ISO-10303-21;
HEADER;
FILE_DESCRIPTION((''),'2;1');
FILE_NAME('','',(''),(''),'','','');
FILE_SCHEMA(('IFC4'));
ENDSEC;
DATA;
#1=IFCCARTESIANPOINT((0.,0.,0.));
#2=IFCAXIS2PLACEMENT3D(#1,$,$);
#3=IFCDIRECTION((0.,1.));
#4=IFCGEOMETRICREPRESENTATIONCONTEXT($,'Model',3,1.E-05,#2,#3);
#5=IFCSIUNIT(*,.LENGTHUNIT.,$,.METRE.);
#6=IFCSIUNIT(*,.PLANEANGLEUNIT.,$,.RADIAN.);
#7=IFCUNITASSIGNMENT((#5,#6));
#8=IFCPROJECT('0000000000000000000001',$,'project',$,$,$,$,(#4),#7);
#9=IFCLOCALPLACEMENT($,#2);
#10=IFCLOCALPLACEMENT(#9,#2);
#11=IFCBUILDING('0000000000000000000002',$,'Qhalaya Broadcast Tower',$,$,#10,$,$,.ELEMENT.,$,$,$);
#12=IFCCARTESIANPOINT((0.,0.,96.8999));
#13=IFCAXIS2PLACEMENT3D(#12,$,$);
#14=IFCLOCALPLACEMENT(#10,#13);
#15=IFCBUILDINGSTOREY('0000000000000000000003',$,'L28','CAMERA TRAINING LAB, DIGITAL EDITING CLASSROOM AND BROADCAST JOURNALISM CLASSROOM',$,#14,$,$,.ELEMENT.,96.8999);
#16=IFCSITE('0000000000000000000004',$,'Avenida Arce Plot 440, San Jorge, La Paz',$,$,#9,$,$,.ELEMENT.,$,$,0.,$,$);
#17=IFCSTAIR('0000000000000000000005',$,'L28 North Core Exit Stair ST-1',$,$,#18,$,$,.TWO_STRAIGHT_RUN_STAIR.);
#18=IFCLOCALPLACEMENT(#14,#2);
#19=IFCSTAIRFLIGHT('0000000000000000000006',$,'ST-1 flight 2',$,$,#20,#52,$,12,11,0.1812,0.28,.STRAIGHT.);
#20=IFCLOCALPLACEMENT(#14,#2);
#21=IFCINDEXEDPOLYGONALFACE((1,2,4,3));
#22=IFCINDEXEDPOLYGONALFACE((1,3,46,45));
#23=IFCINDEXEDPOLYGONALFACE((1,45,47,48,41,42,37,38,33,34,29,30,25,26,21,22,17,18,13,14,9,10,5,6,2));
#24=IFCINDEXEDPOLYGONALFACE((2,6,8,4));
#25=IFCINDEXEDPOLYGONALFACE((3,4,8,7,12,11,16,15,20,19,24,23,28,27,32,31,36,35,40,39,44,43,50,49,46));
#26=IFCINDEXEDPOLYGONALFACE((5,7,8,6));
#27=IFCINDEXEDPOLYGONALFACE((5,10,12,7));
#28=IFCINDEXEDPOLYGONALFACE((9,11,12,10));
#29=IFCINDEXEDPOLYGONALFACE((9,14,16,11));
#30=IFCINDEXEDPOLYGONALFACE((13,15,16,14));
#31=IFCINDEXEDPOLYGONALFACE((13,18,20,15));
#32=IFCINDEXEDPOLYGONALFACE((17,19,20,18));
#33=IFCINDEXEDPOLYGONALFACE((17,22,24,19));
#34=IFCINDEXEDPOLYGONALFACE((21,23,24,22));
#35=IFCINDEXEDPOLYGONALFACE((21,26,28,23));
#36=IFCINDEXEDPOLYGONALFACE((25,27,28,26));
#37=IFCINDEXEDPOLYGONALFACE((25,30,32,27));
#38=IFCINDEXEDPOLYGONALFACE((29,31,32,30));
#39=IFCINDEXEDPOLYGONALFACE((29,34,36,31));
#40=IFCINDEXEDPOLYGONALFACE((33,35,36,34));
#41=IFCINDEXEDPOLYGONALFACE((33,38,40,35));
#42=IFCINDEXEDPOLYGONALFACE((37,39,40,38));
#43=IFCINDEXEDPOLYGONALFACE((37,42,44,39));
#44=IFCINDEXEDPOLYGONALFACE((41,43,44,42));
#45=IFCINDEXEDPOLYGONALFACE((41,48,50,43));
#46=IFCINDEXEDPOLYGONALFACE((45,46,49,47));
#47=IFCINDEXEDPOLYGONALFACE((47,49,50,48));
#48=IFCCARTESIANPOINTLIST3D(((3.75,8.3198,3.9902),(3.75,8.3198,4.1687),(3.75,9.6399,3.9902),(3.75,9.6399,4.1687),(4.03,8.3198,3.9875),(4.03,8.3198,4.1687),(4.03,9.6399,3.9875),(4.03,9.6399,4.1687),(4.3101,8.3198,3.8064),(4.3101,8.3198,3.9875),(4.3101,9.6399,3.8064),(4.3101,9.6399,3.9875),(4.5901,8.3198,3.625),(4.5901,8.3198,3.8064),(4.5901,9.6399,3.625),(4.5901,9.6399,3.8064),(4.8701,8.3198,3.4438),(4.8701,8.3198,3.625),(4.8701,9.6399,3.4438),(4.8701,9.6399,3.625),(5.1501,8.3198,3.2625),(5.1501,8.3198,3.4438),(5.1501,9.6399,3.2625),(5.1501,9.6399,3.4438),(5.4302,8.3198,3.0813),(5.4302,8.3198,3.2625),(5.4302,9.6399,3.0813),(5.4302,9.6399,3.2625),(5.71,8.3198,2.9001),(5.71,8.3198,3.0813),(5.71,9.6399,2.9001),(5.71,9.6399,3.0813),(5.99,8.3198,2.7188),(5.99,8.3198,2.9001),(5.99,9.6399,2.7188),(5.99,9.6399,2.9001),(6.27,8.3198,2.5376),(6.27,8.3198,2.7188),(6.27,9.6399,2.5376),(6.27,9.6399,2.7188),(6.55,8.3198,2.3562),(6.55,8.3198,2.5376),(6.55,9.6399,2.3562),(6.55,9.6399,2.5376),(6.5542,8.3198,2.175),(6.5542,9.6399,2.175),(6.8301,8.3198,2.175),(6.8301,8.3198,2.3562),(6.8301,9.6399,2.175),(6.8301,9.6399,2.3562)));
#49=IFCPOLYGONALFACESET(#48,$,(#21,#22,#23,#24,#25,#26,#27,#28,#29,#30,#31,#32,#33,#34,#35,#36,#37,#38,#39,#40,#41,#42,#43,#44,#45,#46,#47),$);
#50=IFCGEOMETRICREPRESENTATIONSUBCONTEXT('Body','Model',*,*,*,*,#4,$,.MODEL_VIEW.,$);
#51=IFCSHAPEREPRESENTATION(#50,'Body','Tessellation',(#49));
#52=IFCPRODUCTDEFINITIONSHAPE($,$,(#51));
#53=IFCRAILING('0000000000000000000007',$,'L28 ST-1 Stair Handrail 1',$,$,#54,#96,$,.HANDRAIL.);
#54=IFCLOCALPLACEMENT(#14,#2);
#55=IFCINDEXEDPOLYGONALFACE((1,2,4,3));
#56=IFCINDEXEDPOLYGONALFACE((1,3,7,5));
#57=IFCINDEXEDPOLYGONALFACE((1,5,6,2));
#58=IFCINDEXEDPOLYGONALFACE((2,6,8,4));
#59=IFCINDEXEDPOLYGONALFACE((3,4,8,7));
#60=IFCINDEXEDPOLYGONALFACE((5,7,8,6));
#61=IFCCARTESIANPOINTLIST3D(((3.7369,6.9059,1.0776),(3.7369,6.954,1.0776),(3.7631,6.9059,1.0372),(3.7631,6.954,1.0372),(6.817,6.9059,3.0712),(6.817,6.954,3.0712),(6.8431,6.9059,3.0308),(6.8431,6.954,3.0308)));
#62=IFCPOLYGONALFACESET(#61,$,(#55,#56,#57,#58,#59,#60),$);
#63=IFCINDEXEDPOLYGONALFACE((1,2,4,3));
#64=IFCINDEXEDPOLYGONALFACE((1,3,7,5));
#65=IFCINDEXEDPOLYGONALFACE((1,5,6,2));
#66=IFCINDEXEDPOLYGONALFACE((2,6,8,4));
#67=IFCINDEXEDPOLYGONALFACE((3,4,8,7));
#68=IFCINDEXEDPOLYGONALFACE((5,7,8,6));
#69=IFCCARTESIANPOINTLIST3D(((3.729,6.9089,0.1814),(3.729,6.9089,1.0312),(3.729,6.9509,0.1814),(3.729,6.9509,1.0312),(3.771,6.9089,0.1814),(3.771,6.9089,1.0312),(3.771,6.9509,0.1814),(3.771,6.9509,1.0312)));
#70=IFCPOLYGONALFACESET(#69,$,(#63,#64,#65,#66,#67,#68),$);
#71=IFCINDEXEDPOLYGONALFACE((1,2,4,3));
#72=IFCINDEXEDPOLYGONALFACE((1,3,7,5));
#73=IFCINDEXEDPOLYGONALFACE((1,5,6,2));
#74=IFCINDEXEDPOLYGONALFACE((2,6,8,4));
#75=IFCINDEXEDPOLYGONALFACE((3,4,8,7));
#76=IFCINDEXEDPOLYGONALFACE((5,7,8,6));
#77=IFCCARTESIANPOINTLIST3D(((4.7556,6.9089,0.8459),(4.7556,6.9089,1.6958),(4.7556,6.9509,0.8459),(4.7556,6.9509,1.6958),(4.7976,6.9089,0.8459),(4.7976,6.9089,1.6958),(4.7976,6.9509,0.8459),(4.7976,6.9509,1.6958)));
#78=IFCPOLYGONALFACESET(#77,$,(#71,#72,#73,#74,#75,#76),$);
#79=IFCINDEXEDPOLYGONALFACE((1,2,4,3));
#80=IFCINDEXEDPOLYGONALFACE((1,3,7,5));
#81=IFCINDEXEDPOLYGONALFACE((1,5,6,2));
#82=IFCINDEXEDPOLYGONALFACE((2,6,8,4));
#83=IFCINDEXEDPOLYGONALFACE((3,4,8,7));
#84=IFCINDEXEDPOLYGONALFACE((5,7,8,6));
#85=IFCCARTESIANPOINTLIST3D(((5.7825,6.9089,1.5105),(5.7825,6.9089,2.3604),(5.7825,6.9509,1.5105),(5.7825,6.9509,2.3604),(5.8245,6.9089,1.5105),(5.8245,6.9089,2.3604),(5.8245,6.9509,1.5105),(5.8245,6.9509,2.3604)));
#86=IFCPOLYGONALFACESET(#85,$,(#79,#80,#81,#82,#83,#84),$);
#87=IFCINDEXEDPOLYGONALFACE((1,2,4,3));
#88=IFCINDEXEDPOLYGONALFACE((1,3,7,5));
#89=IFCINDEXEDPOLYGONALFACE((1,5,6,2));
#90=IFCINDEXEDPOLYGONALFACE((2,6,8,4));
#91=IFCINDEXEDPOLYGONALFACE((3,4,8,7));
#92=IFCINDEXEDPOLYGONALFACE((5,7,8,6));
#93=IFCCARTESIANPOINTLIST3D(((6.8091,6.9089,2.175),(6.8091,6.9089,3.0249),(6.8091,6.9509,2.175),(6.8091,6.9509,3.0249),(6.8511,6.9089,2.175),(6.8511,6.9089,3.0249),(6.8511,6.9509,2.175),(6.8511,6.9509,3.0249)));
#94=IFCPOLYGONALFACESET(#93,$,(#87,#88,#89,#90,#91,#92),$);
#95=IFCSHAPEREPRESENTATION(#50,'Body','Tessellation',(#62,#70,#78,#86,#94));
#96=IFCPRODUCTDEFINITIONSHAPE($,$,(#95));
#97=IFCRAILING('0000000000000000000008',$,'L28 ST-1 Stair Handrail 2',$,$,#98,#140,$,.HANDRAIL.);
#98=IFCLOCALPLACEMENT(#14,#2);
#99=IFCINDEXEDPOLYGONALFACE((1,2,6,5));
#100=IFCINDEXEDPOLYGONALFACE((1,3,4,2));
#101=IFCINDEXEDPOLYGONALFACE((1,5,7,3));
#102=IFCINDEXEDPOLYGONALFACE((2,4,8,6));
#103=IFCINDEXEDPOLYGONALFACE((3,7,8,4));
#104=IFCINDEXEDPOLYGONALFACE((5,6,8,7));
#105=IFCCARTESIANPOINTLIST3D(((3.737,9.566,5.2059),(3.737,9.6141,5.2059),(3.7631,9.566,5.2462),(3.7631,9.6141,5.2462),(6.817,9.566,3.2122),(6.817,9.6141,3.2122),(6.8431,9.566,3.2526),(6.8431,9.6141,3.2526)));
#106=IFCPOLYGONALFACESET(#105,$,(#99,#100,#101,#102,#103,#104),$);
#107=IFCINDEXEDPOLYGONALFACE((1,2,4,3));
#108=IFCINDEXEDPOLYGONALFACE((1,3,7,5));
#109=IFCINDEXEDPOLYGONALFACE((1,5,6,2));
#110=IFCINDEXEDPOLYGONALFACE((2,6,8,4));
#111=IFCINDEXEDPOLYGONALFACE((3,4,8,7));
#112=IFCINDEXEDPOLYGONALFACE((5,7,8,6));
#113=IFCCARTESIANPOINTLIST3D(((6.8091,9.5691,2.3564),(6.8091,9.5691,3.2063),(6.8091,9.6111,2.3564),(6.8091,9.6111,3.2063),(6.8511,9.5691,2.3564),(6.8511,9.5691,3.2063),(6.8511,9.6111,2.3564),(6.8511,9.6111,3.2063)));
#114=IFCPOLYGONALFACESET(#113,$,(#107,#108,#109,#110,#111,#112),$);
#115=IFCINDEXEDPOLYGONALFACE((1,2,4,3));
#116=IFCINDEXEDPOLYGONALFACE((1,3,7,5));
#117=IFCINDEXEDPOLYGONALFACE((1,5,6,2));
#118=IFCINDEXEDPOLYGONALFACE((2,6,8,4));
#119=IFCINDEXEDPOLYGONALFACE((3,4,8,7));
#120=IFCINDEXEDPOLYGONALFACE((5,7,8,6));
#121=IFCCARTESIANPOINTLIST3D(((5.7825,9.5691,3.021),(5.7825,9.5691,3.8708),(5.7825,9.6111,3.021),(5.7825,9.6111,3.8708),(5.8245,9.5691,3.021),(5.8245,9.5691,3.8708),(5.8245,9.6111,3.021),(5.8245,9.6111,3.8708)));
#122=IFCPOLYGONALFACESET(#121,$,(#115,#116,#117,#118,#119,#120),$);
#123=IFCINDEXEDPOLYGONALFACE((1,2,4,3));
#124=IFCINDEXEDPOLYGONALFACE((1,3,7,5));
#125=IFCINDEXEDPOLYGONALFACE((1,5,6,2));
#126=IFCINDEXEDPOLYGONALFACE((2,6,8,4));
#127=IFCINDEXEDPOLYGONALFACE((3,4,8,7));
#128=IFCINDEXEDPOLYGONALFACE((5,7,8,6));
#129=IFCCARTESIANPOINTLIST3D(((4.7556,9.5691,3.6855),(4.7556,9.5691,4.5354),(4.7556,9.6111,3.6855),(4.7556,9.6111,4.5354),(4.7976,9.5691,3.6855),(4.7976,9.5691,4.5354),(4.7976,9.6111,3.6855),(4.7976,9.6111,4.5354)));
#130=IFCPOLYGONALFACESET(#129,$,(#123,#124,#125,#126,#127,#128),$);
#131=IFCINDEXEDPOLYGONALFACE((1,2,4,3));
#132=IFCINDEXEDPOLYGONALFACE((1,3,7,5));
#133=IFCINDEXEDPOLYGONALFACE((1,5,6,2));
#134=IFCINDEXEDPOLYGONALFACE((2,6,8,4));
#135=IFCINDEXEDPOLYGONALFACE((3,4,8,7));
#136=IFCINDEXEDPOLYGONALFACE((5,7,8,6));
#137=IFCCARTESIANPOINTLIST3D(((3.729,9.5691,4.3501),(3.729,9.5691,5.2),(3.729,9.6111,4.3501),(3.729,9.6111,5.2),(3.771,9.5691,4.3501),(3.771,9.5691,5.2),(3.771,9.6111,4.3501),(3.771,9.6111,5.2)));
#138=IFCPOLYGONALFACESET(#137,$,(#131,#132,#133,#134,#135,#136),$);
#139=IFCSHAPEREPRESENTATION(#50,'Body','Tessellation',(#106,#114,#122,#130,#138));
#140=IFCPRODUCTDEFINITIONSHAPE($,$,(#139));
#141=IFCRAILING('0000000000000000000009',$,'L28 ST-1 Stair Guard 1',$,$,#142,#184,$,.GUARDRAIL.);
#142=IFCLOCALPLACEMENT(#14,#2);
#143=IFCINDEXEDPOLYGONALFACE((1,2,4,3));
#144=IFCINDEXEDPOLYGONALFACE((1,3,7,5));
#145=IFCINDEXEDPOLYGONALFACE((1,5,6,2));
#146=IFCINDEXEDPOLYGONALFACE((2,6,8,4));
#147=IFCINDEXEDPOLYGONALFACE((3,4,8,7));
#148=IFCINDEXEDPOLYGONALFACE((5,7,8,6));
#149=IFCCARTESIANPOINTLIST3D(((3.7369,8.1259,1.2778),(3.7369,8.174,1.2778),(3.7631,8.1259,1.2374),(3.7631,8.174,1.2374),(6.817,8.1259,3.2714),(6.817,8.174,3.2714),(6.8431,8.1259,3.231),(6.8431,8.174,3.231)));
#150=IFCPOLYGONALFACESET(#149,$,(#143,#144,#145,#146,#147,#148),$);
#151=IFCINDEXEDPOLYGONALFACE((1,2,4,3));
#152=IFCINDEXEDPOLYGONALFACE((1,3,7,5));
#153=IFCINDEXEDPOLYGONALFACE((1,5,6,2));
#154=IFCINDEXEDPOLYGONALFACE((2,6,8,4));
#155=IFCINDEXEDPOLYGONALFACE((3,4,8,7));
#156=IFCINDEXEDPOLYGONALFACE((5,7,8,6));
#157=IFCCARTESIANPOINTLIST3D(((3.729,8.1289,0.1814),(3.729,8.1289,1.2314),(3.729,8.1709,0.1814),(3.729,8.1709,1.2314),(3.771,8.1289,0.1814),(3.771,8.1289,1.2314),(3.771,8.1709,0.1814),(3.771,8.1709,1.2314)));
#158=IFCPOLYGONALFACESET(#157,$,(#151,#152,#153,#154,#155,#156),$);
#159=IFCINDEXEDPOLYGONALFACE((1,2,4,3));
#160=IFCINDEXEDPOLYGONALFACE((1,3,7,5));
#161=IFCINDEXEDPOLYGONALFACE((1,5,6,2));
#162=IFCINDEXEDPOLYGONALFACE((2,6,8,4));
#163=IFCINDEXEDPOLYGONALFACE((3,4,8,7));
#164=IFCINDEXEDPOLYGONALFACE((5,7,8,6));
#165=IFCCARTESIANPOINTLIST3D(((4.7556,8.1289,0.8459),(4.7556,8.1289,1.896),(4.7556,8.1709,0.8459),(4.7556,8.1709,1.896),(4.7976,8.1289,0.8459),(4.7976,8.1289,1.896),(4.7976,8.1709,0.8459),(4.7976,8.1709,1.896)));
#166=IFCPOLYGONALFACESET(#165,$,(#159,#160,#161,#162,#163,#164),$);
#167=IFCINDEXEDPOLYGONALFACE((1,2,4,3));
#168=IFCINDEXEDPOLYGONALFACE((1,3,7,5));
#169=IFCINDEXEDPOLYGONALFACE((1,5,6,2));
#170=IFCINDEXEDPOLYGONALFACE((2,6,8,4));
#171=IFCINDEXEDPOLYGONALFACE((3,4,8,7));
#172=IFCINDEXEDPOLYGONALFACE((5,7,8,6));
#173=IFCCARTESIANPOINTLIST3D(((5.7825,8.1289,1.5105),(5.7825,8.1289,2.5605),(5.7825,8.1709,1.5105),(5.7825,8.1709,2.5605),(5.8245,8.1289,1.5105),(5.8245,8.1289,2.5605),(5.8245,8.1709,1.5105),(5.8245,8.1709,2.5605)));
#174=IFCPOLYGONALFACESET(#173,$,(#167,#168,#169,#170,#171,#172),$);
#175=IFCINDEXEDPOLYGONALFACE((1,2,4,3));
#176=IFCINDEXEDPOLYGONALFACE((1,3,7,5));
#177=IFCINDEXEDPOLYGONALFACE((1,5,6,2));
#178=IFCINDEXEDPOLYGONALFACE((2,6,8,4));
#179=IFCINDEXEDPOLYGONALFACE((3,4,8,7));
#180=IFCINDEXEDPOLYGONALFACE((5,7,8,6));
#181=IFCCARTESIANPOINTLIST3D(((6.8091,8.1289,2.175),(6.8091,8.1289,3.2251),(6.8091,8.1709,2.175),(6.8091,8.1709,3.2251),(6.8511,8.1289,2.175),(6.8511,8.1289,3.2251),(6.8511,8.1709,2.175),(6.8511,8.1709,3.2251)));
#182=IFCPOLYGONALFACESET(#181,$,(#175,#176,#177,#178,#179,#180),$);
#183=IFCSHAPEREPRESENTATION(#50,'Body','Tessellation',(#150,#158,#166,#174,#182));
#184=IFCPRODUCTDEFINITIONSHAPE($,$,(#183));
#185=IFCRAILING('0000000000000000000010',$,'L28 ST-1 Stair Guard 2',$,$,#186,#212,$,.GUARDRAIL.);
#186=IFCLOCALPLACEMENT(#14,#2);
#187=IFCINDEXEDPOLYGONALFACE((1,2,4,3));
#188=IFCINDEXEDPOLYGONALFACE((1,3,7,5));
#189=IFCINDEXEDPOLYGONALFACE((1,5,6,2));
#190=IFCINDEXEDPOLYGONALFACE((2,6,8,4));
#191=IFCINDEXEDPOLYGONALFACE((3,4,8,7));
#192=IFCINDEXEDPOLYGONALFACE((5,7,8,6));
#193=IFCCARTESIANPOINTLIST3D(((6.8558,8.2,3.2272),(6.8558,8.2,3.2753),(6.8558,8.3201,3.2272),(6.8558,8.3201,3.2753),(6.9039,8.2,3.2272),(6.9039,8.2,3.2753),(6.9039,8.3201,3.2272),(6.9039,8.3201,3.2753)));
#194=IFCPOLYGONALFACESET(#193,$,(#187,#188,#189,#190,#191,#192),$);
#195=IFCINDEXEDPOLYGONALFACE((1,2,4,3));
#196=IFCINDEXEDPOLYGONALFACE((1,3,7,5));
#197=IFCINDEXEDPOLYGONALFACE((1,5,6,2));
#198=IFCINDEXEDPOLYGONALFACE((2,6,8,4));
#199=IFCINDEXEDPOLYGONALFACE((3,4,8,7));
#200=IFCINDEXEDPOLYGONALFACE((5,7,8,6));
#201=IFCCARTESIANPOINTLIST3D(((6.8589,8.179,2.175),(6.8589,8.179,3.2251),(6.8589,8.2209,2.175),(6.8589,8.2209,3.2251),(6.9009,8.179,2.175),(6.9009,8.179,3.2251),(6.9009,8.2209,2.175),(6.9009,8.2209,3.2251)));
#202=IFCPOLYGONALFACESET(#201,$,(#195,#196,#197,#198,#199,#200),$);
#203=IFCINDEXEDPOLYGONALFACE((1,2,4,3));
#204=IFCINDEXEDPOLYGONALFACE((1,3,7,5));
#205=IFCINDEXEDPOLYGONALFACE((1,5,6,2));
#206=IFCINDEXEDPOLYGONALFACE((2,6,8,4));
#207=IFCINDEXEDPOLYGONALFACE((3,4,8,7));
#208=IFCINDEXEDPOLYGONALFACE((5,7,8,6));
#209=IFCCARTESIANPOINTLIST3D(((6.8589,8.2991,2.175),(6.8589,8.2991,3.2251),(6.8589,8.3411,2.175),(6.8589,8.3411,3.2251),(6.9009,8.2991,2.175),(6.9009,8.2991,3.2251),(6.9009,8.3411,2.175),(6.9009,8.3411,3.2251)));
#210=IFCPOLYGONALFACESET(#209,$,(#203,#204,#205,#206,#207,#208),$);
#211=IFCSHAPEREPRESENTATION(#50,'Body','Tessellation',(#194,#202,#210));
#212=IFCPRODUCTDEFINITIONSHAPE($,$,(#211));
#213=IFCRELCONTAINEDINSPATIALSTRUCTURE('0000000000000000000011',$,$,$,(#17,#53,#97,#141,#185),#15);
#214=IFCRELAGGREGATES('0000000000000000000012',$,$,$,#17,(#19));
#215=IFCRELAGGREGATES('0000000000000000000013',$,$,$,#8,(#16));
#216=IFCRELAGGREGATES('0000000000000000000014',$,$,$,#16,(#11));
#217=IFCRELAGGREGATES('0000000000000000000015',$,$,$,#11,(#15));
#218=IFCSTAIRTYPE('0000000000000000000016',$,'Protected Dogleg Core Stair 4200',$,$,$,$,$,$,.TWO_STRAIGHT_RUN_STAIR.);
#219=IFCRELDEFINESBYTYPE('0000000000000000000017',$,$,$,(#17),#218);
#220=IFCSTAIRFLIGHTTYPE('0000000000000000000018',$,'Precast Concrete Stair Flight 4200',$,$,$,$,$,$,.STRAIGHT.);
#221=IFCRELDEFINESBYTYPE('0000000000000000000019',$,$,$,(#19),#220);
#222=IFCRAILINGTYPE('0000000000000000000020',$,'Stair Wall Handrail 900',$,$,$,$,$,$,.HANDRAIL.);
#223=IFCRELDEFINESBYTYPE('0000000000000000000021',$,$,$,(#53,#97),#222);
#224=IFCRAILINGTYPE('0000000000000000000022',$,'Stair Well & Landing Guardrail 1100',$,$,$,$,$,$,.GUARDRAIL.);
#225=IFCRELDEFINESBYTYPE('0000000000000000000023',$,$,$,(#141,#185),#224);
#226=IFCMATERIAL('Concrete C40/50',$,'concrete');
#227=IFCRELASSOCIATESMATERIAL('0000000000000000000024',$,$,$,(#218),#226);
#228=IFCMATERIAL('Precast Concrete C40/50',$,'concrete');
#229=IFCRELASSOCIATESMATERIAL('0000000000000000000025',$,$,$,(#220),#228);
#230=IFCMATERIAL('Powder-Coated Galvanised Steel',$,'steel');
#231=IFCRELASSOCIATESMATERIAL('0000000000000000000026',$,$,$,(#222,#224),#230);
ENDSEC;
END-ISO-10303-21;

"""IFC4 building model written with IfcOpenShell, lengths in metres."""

from ifc_helpers import new_model, si_unit, direction, frame, origin, origin_2d, place, context, subcontext, project, spatial, polyline, rectangle, outline, extrude, material, type_object, element, aggregate, save


model = new_model("IFC4")

# Units and contexts
model_context = context("Model", 3, precision=1e-05, world=origin(), true_north=direction((0.0, 1.0)))
body_context = subcontext(model_context, "Body", "Model", "MODEL_VIEW")
ifc_project = project(units=[si_unit("LENGTHUNIT", "METRE"), si_unit("PLANEANGLEUNIT", "RADIAN")], contexts=[model_context])

# Site, building, storey
site_placement = place(None, origin())
site = spatial("IfcSite", under=ifc_project, at=site_placement, Name="Avenida Arce Plot 440, San Jorge, La Paz", CompositionType="ELEMENT", RefElevation=0.0)
building_placement = place(site_placement, origin())
building = spatial("IfcBuilding", under=site, at=building_placement, Name="Qhalaya Broadcast Tower", CompositionType="ELEMENT")
storey_placement = place(building_placement, frame((0.0, 0.0, 96.8999)))
storey = spatial("IfcBuildingStorey", under=building, at=storey_placement, Name="L28", Description="CAMERA TRAINING LAB, DIGITAL EDITING CLASSROOM AND BROADCAST JOURNALISM CLASSROOM", CompositionType="ELEMENT", Elevation=96.8999)

# Stair, stair flight
ifc_material_1 = material(Name="Concrete C40/50", Category="concrete")
stair_type = type_object("IfcStairType", Name="Protected Dogleg Core Stair 4200", PredefinedType="TWO_STRAIGHT_RUN_STAIR", material=ifc_material_1)
stair_placement = place(storey_placement, origin())
stair = element("IfcStair", 1, at=stair_placement, inside=storey, type_object=stair_type, Name="L28 North Core Exit Stair ST-1", PredefinedType="TWO_STRAIGHT_RUN_STAIR")
ifc_material_2 = material(Name="Precast Concrete C40/50", Category="concrete")
stair_flight_type = type_object("IfcStairFlightType", Name="Precast Concrete Stair Flight 4200", PredefinedType="STRAIGHT", material=ifc_material_2)
stair_flight_1_placement = place(storey_placement, frame((6.8301, 8.98, 2.175), z_axis=(0.0, 0.0, 1.0), x_axis=(-1.0, 0.0, 0.0)))
stair_flight_1 = element("IfcStairFlight", 2, at=stair_flight_1_placement, type_object=stair_flight_type, Name="ST-1 flight 2", NumberOfRisers=12, NumberOfTreads=11, PredefinedType="STRAIGHT", RiserHeight=0.1812, TreadLength=0.28, context=body_context, shape_type="SweptSolid", body=[
    extrude(outline(polyline([(0.0, 0.0), (0.0, 0.1812), (0.28, 0.1812), (0.28, 0.3625), (0.5601, 0.3625), (0.5601, 0.5437), (0.8401, 0.5437), (0.8401, 0.7251), (1.1201, 0.7251), (1.1201, 0.9062), (1.3999, 0.9062), (1.3999, 1.0874), (1.6799, 1.0874), (1.6799, 1.2688), (1.96, 1.2688), (1.96, 1.45), (2.24, 1.45), (2.24, 1.6313), (2.52, 1.6313), (2.52, 1.8125), (2.8, 1.8125), (2.8, 1.9937), (3.0801, 1.9937), (3.0801, 2.175), (3.0801, 1.8152), (0.2759, 0.0), (0.0, 0.0)])), frame((0.0, 0.6602, 0.0), z_axis=(0.0, -1.0, 0.0), x_axis=(1.0, 0.0, 0.0)), (0.0, 0.0, 1.0), 1.3201),
])
aggregate(stair, [stair_flight_1])

# Railings
ifc_material_3 = material(Name="Powder-Coated Galvanised Steel", Category="steel")
railing_type_1 = type_object("IfcRailingType", Name="Stair Wall Handrail 900", PredefinedType="HANDRAIL", material=ifc_material_3)
railing_1_placement = place(storey_placement, frame((3.75, 6.9299, 0.1814)))
element("IfcRailing", 3, at=railing_1_placement, inside=storey, type_object=railing_type_1, Name="L28 ST-1 Stair Handrail 1", PredefinedType="HANDRAIL", context=body_context, shape_type="SweptSolid", body=[
    extrude(rectangle(XDim=0.0481, YDim=0.0481, at=origin_2d()), frame((0.0, 0.0, 0.876), z_axis=(0.839488, 0.0, 0.543378), x_axis=(0.0, 1.0, 0.0)), (0.0, 0.0, 1.0), 3.6689),
    extrude(rectangle(XDim=0.042, YDim=0.042, at=origin_2d()), origin(), (0.0, 0.0, 1.0), 0.8499),
    extrude(rectangle(XDim=0.042, YDim=0.042, at=origin_2d()), frame((1.0266, 0.0, 0.6646)), (0.0, 0.0, 1.0), 0.8499),
    extrude(rectangle(XDim=0.042, YDim=0.042, at=origin_2d()), frame((2.0535, 0.0, 1.3291)), (0.0, 0.0, 1.0), 0.8499),
    extrude(rectangle(XDim=0.042, YDim=0.042, at=origin_2d()), frame((3.0801, 0.0, 1.9937)), (0.0, 0.0, 1.0), 0.8499),
])
railing_2_placement = place(storey_placement, frame((6.8301, 9.5901, 2.3564)))
element("IfcRailing", 4, at=railing_2_placement, inside=storey, type_object=railing_type_1, Name="L28 ST-1 Stair Handrail 2", PredefinedType="HANDRAIL", context=body_context, shape_type="SweptSolid", body=[
    extrude(rectangle(XDim=0.0481, YDim=0.0481, at=origin_2d()), frame((0.0, 0.0, 0.876), z_axis=(-0.839488, 0.0, 0.543378), x_axis=(0.0, -1.0, 0.0)), (0.0, 0.0, 1.0), 3.6689),
    extrude(rectangle(XDim=0.042, YDim=0.042, at=origin_2d()), origin(), (0.0, 0.0, 1.0), 0.8499),
    extrude(rectangle(XDim=0.042, YDim=0.042, at=origin_2d()), frame((-1.0266, 0.0, 0.6646)), (0.0, 0.0, 1.0), 0.8499),
    extrude(rectangle(XDim=0.042, YDim=0.042, at=origin_2d()), frame((-2.0535, 0.0, 1.3291)), (0.0, 0.0, 1.0), 0.8499),
    extrude(rectangle(XDim=0.042, YDim=0.042, at=origin_2d()), frame((-3.0801, 0.0, 1.9937)), (0.0, 0.0, 1.0), 0.8499),
])
railing_type_2 = type_object("IfcRailingType", Name="Stair Well & Landing Guardrail 1100", PredefinedType="GUARDRAIL", material=ifc_material_3)
railing_3_placement = place(storey_placement, frame((3.75, 8.1499, 0.1814)))
element("IfcRailing", 5, at=railing_3_placement, inside=storey, type_object=railing_type_2, Name="L28 ST-1 Stair Guard 1", PredefinedType="GUARDRAIL", context=body_context, shape_type="SweptSolid", body=[
    extrude(rectangle(XDim=0.0481, YDim=0.0481, at=origin_2d()), frame((0.0, 0.0, 1.0762), z_axis=(0.839488, 0.0, 0.543378), x_axis=(0.0, 1.0, 0.0)), (0.0, 0.0, 1.0), 3.6689),
    extrude(rectangle(XDim=0.042, YDim=0.042, at=origin_2d()), origin(), (0.0, 0.0, 1.0), 1.05),
    extrude(rectangle(XDim=0.042, YDim=0.042, at=origin_2d()), frame((1.0266, 0.0, 0.6646)), (0.0, 0.0, 1.0), 1.05),
    extrude(rectangle(XDim=0.042, YDim=0.042, at=origin_2d()), frame((2.0535, 0.0, 1.3291)), (0.0, 0.0, 1.0), 1.05),
    extrude(rectangle(XDim=0.042, YDim=0.042, at=origin_2d()), frame((3.0801, 0.0, 1.9937)), (0.0, 0.0, 1.0), 1.05),
])
railing_4_placement = place(storey_placement, frame((6.8799, 8.2, 2.175)))
element("IfcRailing", 6, at=railing_4_placement, inside=storey, type_object=railing_type_2, Name="L28 ST-1 Stair Guard 2", PredefinedType="GUARDRAIL", context=body_context, shape_type="SweptSolid", body=[
    extrude(rectangle(XDim=0.0481, YDim=0.0481, at=origin_2d()), frame((0.0, 0.0, 1.0762), z_axis=(0.0, 1.0, 0.0), x_axis=(-1.0, 0.0, 0.0)), (0.0, 0.0, 1.0), 0.1201),
    extrude(rectangle(XDim=0.042, YDim=0.042, at=origin_2d()), origin(), (0.0, 0.0, 1.0), 1.05),
    extrude(rectangle(XDim=0.042, YDim=0.042, at=origin_2d()), frame((0.0, 0.1201, 0.0)), (0.0, 0.0, 1.0), 1.05),
])

save(model, "model.ifc")
